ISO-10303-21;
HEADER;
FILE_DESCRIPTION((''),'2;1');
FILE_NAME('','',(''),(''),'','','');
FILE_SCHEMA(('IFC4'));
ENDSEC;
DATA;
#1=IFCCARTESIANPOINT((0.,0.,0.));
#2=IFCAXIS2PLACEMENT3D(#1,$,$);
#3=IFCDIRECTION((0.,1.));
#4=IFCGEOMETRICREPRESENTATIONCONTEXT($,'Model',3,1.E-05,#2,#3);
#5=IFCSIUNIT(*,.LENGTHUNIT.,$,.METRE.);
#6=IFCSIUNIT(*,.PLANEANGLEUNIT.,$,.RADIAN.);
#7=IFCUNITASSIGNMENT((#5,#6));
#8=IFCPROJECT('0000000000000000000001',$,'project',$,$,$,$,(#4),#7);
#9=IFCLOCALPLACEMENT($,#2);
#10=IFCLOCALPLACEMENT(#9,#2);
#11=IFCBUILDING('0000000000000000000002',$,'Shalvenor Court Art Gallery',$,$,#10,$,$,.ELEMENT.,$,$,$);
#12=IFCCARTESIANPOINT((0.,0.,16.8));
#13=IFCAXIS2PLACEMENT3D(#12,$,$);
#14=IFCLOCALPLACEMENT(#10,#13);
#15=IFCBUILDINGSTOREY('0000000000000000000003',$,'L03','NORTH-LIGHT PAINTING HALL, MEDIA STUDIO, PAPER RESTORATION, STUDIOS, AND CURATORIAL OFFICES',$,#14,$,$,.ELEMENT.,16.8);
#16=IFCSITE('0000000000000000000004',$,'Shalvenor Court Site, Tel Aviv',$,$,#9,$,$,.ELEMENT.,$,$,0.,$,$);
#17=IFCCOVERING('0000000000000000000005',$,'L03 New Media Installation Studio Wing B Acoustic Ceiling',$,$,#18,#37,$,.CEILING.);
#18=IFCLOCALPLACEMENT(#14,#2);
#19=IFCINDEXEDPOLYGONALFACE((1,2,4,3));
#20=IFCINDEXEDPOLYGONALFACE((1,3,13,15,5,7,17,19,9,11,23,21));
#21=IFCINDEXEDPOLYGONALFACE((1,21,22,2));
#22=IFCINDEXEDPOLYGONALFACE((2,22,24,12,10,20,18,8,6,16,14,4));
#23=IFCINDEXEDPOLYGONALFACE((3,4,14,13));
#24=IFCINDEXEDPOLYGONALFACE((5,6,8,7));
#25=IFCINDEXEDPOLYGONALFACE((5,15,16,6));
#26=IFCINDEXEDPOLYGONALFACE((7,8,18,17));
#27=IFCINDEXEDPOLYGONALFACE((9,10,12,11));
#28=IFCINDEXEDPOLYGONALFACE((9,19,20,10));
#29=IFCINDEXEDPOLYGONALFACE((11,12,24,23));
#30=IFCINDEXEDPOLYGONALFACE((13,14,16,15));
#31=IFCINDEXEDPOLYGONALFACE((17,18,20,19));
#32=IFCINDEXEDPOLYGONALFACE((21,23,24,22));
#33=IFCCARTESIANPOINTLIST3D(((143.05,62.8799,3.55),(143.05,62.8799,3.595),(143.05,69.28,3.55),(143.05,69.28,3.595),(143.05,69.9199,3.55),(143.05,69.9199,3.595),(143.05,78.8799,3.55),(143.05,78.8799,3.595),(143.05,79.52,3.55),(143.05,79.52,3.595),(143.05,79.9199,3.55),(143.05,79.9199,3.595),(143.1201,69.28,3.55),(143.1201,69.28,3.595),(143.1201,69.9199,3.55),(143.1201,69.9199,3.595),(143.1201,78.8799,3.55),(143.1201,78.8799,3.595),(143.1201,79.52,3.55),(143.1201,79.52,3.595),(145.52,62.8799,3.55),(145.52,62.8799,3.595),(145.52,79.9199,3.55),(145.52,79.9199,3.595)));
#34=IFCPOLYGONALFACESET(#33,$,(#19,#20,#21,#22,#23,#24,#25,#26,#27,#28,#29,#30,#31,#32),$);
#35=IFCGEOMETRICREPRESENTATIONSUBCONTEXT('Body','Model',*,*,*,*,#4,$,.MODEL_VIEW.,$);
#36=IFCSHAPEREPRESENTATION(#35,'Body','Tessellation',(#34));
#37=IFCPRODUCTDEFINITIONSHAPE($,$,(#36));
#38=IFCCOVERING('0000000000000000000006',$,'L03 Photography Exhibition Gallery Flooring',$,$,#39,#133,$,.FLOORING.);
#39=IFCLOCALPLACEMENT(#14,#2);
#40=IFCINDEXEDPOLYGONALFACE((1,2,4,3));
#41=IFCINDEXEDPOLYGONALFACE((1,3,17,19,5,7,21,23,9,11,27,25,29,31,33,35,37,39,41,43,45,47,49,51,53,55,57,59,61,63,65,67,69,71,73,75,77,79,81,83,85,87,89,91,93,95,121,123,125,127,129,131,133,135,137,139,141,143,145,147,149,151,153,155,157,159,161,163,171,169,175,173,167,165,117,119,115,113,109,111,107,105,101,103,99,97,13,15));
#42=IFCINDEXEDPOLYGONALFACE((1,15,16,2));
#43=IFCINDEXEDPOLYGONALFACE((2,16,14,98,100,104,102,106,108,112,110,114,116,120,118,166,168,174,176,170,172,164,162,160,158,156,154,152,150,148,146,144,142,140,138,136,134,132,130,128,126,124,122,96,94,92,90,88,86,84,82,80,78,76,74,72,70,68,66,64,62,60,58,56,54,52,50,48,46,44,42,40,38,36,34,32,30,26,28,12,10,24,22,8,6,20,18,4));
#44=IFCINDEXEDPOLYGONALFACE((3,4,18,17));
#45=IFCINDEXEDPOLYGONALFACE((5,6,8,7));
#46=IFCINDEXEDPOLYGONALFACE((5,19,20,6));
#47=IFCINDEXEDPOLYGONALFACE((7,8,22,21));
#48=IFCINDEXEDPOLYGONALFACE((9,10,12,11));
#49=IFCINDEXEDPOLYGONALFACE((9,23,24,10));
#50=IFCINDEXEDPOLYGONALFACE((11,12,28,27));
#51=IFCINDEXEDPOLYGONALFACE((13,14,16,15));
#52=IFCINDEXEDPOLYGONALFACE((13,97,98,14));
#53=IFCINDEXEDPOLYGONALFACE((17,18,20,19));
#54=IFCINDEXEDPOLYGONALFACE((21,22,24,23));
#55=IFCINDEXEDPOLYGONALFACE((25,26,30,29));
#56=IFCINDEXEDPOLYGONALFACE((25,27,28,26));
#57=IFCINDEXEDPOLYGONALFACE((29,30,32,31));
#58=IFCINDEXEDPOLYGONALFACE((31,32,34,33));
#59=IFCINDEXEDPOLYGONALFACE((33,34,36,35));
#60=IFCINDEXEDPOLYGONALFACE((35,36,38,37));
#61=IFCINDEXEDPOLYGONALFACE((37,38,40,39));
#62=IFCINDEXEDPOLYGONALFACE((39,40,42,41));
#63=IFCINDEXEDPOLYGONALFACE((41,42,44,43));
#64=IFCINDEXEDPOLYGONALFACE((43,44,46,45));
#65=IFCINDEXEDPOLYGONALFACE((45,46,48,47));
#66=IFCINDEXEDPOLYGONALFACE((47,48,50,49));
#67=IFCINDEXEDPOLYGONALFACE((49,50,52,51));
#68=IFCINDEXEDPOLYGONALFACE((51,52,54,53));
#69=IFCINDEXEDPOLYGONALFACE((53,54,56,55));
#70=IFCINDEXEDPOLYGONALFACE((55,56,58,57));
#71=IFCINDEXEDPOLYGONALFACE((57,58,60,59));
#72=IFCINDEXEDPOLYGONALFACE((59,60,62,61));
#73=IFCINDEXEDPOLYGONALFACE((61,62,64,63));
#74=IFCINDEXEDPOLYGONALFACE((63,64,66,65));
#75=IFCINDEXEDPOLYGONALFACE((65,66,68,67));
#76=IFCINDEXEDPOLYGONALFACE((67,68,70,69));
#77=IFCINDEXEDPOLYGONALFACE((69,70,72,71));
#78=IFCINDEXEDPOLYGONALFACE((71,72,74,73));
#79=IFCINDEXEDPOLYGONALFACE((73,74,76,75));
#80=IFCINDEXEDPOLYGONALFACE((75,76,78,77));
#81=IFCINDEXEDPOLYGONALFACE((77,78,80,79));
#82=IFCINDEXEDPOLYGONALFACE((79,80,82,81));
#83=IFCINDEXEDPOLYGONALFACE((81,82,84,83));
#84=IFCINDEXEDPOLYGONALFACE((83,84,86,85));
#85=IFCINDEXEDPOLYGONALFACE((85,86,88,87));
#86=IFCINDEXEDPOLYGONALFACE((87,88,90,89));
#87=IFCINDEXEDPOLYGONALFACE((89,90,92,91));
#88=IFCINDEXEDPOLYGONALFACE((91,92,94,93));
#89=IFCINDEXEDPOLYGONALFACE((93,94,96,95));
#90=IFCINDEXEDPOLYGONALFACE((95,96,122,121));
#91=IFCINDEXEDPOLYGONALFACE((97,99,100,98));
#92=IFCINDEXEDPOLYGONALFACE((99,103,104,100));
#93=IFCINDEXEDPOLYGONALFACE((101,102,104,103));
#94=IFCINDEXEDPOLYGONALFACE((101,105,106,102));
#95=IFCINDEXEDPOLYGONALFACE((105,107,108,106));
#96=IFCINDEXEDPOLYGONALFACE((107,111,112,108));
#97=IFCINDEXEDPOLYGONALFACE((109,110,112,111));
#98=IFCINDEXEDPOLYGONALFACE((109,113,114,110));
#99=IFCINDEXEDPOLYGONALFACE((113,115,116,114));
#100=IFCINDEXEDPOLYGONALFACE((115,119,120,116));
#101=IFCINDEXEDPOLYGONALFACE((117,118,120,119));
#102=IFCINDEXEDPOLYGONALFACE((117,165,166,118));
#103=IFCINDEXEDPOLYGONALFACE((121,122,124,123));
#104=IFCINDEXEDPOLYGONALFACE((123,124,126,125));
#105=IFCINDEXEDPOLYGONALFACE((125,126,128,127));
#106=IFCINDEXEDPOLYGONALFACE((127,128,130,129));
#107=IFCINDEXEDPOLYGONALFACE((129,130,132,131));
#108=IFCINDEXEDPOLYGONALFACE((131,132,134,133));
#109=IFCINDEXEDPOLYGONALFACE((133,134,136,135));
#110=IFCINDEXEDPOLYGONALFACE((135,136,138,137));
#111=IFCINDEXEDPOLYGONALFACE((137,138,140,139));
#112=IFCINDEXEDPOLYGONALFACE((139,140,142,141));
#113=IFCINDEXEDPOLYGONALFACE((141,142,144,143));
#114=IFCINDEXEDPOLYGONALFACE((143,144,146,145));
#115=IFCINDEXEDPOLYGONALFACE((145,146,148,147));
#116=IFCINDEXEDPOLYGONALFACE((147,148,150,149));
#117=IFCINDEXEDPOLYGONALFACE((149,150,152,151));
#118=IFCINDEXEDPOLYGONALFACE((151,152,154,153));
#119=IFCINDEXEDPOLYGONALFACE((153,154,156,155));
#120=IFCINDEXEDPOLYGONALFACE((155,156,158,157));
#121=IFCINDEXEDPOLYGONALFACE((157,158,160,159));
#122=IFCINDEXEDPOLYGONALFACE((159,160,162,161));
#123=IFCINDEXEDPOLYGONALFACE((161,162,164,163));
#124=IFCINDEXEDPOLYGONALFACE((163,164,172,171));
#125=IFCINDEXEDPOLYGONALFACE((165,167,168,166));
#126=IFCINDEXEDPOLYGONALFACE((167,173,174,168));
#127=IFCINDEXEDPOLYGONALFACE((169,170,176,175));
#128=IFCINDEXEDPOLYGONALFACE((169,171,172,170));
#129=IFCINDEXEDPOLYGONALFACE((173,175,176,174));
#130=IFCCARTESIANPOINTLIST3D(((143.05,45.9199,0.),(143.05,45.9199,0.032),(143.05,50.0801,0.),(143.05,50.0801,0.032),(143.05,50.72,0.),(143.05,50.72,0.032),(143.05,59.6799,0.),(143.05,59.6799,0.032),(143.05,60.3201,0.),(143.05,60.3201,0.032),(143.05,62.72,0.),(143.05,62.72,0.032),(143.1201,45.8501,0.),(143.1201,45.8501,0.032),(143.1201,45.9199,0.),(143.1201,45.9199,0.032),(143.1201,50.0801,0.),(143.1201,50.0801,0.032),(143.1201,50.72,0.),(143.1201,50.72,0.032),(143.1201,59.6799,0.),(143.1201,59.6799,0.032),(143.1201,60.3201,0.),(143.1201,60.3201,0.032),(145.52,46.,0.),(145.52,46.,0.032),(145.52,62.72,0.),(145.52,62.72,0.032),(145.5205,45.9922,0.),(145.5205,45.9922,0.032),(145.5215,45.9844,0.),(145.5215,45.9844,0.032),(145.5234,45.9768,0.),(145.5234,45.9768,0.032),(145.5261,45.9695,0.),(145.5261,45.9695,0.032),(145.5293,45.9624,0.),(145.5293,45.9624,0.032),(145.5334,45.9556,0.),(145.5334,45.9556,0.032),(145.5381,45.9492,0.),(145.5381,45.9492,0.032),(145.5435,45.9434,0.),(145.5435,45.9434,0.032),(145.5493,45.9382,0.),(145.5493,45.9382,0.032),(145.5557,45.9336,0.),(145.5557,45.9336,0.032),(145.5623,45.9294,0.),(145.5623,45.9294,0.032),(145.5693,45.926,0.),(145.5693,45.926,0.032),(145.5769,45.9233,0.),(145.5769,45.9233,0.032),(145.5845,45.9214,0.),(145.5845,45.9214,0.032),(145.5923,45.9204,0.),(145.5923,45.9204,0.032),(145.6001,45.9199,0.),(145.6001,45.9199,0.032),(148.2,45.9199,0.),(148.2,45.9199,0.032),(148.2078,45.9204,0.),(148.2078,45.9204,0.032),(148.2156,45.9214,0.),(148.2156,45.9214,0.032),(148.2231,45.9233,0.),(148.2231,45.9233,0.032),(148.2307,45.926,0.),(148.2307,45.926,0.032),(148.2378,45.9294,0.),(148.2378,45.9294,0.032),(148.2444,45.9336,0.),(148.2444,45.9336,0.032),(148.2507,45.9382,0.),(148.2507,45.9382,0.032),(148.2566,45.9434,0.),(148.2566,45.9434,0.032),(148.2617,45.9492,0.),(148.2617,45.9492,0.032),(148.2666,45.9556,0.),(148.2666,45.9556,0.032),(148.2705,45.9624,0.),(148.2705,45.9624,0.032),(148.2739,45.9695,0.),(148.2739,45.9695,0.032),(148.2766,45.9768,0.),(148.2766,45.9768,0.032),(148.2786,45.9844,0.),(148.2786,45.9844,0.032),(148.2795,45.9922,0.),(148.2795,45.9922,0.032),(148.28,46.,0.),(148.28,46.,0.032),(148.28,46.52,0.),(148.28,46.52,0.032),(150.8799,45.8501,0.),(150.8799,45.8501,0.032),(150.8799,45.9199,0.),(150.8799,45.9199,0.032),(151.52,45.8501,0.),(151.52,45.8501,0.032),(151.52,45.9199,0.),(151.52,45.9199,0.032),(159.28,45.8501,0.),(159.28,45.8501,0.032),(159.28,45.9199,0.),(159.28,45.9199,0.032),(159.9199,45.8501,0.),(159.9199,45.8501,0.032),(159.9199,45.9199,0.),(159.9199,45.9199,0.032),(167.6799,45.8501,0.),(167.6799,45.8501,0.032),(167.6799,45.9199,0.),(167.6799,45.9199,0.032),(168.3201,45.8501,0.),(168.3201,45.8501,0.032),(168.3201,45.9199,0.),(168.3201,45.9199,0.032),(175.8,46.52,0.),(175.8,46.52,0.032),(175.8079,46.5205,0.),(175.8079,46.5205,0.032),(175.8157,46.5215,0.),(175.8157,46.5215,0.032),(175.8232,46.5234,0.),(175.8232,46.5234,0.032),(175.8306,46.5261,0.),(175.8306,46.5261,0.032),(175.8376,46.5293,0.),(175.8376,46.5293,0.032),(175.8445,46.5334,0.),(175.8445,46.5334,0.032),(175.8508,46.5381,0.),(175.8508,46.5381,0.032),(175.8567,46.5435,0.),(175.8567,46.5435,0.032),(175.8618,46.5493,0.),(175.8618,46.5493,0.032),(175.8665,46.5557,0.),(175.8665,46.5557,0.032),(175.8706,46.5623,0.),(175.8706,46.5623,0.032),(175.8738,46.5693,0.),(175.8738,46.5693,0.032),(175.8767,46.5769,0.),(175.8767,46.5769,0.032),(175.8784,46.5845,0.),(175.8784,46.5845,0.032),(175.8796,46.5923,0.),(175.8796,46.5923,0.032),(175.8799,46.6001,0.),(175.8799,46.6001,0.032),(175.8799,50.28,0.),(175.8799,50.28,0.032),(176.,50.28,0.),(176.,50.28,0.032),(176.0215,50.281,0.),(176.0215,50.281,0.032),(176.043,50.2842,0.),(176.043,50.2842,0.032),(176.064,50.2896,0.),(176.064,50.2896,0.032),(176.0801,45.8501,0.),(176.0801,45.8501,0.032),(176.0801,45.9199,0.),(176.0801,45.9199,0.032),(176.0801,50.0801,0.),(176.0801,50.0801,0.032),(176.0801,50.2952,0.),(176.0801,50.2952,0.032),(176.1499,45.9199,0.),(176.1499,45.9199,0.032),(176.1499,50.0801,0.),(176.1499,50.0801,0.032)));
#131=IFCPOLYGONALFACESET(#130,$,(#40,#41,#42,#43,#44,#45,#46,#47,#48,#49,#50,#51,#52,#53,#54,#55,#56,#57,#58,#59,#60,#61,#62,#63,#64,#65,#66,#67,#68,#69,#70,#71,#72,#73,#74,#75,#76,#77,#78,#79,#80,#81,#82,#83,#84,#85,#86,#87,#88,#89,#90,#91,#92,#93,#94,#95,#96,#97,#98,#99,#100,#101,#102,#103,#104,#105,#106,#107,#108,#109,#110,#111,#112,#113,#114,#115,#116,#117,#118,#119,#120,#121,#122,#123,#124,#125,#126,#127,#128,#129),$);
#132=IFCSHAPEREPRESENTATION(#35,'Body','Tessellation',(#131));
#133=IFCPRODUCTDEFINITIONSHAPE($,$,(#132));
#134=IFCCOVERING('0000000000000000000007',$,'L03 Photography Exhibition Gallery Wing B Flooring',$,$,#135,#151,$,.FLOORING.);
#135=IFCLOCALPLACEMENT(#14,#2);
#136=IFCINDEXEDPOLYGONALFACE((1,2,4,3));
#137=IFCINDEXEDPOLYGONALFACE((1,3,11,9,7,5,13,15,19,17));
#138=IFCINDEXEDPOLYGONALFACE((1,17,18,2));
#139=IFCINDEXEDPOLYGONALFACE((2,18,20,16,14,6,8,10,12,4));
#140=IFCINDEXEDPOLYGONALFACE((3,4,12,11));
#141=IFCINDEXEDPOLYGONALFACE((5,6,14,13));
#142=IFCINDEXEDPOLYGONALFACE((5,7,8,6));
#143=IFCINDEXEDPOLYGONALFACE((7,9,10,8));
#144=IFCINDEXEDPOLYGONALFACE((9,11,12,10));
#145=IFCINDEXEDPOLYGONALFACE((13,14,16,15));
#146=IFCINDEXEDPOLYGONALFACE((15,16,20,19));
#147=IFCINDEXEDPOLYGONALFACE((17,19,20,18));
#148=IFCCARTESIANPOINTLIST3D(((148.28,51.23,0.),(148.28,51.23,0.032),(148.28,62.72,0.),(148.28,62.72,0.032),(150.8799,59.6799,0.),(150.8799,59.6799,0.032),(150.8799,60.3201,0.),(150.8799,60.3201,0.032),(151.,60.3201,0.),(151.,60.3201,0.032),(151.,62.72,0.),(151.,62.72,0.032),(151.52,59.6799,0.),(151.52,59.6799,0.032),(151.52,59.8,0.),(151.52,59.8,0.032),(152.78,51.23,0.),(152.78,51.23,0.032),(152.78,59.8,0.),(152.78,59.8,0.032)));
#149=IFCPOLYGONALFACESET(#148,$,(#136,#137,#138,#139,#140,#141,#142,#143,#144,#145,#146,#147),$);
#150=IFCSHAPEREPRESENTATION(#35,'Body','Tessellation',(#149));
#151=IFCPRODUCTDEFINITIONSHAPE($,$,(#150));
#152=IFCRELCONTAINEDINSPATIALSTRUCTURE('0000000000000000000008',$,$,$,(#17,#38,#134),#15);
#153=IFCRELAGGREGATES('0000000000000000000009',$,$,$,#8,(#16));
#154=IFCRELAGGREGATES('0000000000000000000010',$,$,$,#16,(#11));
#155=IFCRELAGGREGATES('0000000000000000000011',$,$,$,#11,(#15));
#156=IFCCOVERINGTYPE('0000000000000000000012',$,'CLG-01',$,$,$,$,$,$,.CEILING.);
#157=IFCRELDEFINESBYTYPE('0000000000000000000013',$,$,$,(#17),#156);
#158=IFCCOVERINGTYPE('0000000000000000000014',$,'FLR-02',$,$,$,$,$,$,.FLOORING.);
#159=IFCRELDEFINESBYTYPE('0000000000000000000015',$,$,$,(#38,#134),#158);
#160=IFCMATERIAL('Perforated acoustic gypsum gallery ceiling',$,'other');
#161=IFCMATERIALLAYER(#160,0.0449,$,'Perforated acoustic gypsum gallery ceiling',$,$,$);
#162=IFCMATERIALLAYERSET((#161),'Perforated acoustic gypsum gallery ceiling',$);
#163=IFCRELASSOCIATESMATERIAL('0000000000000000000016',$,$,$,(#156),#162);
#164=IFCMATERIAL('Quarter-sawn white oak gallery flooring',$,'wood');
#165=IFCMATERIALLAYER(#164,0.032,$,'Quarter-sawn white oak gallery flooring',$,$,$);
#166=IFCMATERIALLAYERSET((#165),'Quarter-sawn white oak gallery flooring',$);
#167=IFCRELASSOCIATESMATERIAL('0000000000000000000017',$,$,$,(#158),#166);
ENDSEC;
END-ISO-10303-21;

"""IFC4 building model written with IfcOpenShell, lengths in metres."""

from ifc_helpers import new_model, si_unit, direction, frame, origin, place, context, subcontext, project, spatial, polyline, outline, extrude, material, layer, layer_set, type_object, element, save


model = new_model("IFC4")

# Units and contexts
model_context = context("Model", 3, precision=1e-05, world=origin(), true_north=direction((0.0, 1.0)))
body_context = subcontext(model_context, "Body", "Model", "MODEL_VIEW")
ifc_project = project(units=[si_unit("LENGTHUNIT", "METRE"), si_unit("PLANEANGLEUNIT", "RADIAN")], contexts=[model_context])

# Site, building, storey
site_placement = place(None, origin())
site = spatial("IfcSite", under=ifc_project, at=site_placement, Name="Shalvenor Court Site, Tel Aviv", CompositionType="ELEMENT", RefElevation=0.0)
building_placement = place(site_placement, origin())
building = spatial("IfcBuilding", under=site, at=building_placement, Name="Shalvenor Court Art Gallery", CompositionType="ELEMENT")
storey_placement = place(building_placement, frame((0.0, 0.0, 16.8)))
storey = spatial("IfcBuildingStorey", under=building, at=storey_placement, Name="L03", Description="NORTH-LIGHT PAINTING HALL, MEDIA STUDIO, PAPER RESTORATION, STUDIOS, AND CURATORIAL OFFICES", CompositionType="ELEMENT", Elevation=16.8)

# Coverings
ifc_material_1 = material(Name="Perforated acoustic gypsum gallery ceiling", Category="other")
ifc_layer_1 = layer(ifc_material_1, 0.0449, Name="Perforated acoustic gypsum gallery ceiling")
ifc_layer_set_1 = layer_set([ifc_layer_1], Name="Perforated acoustic gypsum gallery ceiling")
covering_type_1 = type_object("IfcCoveringType", Name="CLG-01", PredefinedType="CEILING", material=ifc_layer_set_1)
covering_1_placement = place(storey_placement, frame((0.0, 0.0, 3.55)))
element("IfcCovering", 1, at=covering_1_placement, inside=storey, type_object=covering_type_1, Name="L03 New Media Installation Studio Wing B Acoustic Ceiling", PredefinedType="CEILING", context=body_context, shape_type="SweptSolid", body=[
    extrude(outline(polyline([(143.05, 62.8799), (143.05, 69.28), (143.1201, 69.28), (143.1201, 69.9199), (143.05, 69.9199), (143.05, 78.8799), (143.1201, 78.8799), (143.1201, 79.52), (143.05, 79.52), (143.05, 79.9199), (145.52, 79.9199), (145.52, 62.8799), (143.05, 62.8799)])), origin(), (0.0, 0.0, 1.0), 0.0449),
])
ifc_material_2 = material(Name="Quarter-sawn white oak gallery flooring", Category="wood")
ifc_layer_2 = layer(ifc_material_2, 0.032, Name="Quarter-sawn white oak gallery flooring")
ifc_layer_set_2 = layer_set([ifc_layer_2], Name="Quarter-sawn white oak gallery flooring")
covering_type_2 = type_object("IfcCoveringType", Name="FLR-02", PredefinedType="FLOORING", material=ifc_layer_set_2)
covering_2_placement = place(storey_placement, origin())
element("IfcCovering", 2, at=covering_2_placement, inside=storey, type_object=covering_type_2, Name="L03 Photography Exhibition Gallery Flooring", PredefinedType="FLOORING", context=body_context, shape_type="SweptSolid", body=[
    extrude(outline(polyline([(145.5205, 45.9922), (145.5215, 45.9844), (145.5234, 45.9768), (145.5261, 45.9695), (145.5293, 45.9624), (145.5334, 45.9556), (145.5381, 45.9492), (145.5435, 45.9434), (145.5493, 45.9382), (145.5557, 45.9336), (145.5623, 45.9294), (145.5693, 45.926), (145.5769, 45.9233), (145.5845, 45.9214), (145.5923, 45.9204), (145.6001, 45.9199), (148.2, 45.9199), (148.2078, 45.9204), (148.2156, 45.9214), (148.2231, 45.9233), (148.2307, 45.926), (148.2378, 45.9294), (148.2444, 45.9336), (148.2507, 45.9382), (148.2566, 45.9434), (148.2617, 45.9492), (148.2666, 45.9556), (148.2705, 45.9624), (148.2739, 45.9695), (148.2766, 45.9768), (148.2786, 45.9844), (148.2795, 45.9922), (148.28, 46.0), (148.28, 46.52), (175.8, 46.52), (175.8079, 46.5205), (175.8157, 46.5215), (175.8232, 46.5234), (175.8306, 46.5261), (175.8376, 46.5293), (175.8445, 46.5334), (175.8508, 46.5381), (175.8567, 46.5435), (175.8618, 46.5493), (175.8665, 46.5557), (175.8706, 46.5623), (175.8738, 46.5693), (175.8767, 46.5769), (175.8784, 46.5845), (175.8796, 46.5923), (175.8799, 46.6001), (175.8799, 50.28), (176.0, 50.28), (176.0215, 50.281), (176.043, 50.2842), (176.064, 50.2896), (176.0801, 50.2952), (176.0801, 50.0801), (176.1499, 50.0801), (176.1499, 45.9199), (176.0801, 45.9199), (176.0801, 45.8501), (168.3201, 45.8501), (168.3201, 45.9199), (167.6799, 45.9199), (167.6799, 45.8501), (159.9199, 45.8501), (159.9199, 45.9199), (159.28, 45.9199), (159.28, 45.8501), (151.52, 45.8501), (151.52, 45.9199), (150.8799, 45.9199), (150.8799, 45.8501), (143.1201, 45.8501), (143.1201, 45.9199), (143.05, 45.9199), (143.05, 50.0801), (143.1201, 50.0801), (143.1201, 50.72), (143.05, 50.72), (143.05, 59.6799), (143.1201, 59.6799), (143.1201, 60.3201), (143.05, 60.3201), (143.05, 62.72), (145.52, 62.72), (145.52, 46.0), (145.5205, 45.9922)])), origin(), (0.0, 0.0, 1.0), 0.032),
])
covering_3_placement = place(storey_placement, origin())
element("IfcCovering", 3, at=covering_3_placement, inside=storey, type_object=covering_type_2, Name="L03 Photography Exhibition Gallery Wing B Flooring", PredefinedType="FLOORING", context=body_context, shape_type="SweptSolid", body=[
    extrude(outline(polyline([(152.78, 51.23), (148.28, 51.23), (148.28, 62.72), (151.0, 62.72), (151.0, 60.3201), (150.8799, 60.3201), (150.8799, 59.6799), (151.52, 59.6799), (151.52, 59.8), (152.78, 59.8), (152.78, 51.23)])), origin(), (0.0, 0.0, 1.0), 0.032),
])

save(model, "model.ifc")
